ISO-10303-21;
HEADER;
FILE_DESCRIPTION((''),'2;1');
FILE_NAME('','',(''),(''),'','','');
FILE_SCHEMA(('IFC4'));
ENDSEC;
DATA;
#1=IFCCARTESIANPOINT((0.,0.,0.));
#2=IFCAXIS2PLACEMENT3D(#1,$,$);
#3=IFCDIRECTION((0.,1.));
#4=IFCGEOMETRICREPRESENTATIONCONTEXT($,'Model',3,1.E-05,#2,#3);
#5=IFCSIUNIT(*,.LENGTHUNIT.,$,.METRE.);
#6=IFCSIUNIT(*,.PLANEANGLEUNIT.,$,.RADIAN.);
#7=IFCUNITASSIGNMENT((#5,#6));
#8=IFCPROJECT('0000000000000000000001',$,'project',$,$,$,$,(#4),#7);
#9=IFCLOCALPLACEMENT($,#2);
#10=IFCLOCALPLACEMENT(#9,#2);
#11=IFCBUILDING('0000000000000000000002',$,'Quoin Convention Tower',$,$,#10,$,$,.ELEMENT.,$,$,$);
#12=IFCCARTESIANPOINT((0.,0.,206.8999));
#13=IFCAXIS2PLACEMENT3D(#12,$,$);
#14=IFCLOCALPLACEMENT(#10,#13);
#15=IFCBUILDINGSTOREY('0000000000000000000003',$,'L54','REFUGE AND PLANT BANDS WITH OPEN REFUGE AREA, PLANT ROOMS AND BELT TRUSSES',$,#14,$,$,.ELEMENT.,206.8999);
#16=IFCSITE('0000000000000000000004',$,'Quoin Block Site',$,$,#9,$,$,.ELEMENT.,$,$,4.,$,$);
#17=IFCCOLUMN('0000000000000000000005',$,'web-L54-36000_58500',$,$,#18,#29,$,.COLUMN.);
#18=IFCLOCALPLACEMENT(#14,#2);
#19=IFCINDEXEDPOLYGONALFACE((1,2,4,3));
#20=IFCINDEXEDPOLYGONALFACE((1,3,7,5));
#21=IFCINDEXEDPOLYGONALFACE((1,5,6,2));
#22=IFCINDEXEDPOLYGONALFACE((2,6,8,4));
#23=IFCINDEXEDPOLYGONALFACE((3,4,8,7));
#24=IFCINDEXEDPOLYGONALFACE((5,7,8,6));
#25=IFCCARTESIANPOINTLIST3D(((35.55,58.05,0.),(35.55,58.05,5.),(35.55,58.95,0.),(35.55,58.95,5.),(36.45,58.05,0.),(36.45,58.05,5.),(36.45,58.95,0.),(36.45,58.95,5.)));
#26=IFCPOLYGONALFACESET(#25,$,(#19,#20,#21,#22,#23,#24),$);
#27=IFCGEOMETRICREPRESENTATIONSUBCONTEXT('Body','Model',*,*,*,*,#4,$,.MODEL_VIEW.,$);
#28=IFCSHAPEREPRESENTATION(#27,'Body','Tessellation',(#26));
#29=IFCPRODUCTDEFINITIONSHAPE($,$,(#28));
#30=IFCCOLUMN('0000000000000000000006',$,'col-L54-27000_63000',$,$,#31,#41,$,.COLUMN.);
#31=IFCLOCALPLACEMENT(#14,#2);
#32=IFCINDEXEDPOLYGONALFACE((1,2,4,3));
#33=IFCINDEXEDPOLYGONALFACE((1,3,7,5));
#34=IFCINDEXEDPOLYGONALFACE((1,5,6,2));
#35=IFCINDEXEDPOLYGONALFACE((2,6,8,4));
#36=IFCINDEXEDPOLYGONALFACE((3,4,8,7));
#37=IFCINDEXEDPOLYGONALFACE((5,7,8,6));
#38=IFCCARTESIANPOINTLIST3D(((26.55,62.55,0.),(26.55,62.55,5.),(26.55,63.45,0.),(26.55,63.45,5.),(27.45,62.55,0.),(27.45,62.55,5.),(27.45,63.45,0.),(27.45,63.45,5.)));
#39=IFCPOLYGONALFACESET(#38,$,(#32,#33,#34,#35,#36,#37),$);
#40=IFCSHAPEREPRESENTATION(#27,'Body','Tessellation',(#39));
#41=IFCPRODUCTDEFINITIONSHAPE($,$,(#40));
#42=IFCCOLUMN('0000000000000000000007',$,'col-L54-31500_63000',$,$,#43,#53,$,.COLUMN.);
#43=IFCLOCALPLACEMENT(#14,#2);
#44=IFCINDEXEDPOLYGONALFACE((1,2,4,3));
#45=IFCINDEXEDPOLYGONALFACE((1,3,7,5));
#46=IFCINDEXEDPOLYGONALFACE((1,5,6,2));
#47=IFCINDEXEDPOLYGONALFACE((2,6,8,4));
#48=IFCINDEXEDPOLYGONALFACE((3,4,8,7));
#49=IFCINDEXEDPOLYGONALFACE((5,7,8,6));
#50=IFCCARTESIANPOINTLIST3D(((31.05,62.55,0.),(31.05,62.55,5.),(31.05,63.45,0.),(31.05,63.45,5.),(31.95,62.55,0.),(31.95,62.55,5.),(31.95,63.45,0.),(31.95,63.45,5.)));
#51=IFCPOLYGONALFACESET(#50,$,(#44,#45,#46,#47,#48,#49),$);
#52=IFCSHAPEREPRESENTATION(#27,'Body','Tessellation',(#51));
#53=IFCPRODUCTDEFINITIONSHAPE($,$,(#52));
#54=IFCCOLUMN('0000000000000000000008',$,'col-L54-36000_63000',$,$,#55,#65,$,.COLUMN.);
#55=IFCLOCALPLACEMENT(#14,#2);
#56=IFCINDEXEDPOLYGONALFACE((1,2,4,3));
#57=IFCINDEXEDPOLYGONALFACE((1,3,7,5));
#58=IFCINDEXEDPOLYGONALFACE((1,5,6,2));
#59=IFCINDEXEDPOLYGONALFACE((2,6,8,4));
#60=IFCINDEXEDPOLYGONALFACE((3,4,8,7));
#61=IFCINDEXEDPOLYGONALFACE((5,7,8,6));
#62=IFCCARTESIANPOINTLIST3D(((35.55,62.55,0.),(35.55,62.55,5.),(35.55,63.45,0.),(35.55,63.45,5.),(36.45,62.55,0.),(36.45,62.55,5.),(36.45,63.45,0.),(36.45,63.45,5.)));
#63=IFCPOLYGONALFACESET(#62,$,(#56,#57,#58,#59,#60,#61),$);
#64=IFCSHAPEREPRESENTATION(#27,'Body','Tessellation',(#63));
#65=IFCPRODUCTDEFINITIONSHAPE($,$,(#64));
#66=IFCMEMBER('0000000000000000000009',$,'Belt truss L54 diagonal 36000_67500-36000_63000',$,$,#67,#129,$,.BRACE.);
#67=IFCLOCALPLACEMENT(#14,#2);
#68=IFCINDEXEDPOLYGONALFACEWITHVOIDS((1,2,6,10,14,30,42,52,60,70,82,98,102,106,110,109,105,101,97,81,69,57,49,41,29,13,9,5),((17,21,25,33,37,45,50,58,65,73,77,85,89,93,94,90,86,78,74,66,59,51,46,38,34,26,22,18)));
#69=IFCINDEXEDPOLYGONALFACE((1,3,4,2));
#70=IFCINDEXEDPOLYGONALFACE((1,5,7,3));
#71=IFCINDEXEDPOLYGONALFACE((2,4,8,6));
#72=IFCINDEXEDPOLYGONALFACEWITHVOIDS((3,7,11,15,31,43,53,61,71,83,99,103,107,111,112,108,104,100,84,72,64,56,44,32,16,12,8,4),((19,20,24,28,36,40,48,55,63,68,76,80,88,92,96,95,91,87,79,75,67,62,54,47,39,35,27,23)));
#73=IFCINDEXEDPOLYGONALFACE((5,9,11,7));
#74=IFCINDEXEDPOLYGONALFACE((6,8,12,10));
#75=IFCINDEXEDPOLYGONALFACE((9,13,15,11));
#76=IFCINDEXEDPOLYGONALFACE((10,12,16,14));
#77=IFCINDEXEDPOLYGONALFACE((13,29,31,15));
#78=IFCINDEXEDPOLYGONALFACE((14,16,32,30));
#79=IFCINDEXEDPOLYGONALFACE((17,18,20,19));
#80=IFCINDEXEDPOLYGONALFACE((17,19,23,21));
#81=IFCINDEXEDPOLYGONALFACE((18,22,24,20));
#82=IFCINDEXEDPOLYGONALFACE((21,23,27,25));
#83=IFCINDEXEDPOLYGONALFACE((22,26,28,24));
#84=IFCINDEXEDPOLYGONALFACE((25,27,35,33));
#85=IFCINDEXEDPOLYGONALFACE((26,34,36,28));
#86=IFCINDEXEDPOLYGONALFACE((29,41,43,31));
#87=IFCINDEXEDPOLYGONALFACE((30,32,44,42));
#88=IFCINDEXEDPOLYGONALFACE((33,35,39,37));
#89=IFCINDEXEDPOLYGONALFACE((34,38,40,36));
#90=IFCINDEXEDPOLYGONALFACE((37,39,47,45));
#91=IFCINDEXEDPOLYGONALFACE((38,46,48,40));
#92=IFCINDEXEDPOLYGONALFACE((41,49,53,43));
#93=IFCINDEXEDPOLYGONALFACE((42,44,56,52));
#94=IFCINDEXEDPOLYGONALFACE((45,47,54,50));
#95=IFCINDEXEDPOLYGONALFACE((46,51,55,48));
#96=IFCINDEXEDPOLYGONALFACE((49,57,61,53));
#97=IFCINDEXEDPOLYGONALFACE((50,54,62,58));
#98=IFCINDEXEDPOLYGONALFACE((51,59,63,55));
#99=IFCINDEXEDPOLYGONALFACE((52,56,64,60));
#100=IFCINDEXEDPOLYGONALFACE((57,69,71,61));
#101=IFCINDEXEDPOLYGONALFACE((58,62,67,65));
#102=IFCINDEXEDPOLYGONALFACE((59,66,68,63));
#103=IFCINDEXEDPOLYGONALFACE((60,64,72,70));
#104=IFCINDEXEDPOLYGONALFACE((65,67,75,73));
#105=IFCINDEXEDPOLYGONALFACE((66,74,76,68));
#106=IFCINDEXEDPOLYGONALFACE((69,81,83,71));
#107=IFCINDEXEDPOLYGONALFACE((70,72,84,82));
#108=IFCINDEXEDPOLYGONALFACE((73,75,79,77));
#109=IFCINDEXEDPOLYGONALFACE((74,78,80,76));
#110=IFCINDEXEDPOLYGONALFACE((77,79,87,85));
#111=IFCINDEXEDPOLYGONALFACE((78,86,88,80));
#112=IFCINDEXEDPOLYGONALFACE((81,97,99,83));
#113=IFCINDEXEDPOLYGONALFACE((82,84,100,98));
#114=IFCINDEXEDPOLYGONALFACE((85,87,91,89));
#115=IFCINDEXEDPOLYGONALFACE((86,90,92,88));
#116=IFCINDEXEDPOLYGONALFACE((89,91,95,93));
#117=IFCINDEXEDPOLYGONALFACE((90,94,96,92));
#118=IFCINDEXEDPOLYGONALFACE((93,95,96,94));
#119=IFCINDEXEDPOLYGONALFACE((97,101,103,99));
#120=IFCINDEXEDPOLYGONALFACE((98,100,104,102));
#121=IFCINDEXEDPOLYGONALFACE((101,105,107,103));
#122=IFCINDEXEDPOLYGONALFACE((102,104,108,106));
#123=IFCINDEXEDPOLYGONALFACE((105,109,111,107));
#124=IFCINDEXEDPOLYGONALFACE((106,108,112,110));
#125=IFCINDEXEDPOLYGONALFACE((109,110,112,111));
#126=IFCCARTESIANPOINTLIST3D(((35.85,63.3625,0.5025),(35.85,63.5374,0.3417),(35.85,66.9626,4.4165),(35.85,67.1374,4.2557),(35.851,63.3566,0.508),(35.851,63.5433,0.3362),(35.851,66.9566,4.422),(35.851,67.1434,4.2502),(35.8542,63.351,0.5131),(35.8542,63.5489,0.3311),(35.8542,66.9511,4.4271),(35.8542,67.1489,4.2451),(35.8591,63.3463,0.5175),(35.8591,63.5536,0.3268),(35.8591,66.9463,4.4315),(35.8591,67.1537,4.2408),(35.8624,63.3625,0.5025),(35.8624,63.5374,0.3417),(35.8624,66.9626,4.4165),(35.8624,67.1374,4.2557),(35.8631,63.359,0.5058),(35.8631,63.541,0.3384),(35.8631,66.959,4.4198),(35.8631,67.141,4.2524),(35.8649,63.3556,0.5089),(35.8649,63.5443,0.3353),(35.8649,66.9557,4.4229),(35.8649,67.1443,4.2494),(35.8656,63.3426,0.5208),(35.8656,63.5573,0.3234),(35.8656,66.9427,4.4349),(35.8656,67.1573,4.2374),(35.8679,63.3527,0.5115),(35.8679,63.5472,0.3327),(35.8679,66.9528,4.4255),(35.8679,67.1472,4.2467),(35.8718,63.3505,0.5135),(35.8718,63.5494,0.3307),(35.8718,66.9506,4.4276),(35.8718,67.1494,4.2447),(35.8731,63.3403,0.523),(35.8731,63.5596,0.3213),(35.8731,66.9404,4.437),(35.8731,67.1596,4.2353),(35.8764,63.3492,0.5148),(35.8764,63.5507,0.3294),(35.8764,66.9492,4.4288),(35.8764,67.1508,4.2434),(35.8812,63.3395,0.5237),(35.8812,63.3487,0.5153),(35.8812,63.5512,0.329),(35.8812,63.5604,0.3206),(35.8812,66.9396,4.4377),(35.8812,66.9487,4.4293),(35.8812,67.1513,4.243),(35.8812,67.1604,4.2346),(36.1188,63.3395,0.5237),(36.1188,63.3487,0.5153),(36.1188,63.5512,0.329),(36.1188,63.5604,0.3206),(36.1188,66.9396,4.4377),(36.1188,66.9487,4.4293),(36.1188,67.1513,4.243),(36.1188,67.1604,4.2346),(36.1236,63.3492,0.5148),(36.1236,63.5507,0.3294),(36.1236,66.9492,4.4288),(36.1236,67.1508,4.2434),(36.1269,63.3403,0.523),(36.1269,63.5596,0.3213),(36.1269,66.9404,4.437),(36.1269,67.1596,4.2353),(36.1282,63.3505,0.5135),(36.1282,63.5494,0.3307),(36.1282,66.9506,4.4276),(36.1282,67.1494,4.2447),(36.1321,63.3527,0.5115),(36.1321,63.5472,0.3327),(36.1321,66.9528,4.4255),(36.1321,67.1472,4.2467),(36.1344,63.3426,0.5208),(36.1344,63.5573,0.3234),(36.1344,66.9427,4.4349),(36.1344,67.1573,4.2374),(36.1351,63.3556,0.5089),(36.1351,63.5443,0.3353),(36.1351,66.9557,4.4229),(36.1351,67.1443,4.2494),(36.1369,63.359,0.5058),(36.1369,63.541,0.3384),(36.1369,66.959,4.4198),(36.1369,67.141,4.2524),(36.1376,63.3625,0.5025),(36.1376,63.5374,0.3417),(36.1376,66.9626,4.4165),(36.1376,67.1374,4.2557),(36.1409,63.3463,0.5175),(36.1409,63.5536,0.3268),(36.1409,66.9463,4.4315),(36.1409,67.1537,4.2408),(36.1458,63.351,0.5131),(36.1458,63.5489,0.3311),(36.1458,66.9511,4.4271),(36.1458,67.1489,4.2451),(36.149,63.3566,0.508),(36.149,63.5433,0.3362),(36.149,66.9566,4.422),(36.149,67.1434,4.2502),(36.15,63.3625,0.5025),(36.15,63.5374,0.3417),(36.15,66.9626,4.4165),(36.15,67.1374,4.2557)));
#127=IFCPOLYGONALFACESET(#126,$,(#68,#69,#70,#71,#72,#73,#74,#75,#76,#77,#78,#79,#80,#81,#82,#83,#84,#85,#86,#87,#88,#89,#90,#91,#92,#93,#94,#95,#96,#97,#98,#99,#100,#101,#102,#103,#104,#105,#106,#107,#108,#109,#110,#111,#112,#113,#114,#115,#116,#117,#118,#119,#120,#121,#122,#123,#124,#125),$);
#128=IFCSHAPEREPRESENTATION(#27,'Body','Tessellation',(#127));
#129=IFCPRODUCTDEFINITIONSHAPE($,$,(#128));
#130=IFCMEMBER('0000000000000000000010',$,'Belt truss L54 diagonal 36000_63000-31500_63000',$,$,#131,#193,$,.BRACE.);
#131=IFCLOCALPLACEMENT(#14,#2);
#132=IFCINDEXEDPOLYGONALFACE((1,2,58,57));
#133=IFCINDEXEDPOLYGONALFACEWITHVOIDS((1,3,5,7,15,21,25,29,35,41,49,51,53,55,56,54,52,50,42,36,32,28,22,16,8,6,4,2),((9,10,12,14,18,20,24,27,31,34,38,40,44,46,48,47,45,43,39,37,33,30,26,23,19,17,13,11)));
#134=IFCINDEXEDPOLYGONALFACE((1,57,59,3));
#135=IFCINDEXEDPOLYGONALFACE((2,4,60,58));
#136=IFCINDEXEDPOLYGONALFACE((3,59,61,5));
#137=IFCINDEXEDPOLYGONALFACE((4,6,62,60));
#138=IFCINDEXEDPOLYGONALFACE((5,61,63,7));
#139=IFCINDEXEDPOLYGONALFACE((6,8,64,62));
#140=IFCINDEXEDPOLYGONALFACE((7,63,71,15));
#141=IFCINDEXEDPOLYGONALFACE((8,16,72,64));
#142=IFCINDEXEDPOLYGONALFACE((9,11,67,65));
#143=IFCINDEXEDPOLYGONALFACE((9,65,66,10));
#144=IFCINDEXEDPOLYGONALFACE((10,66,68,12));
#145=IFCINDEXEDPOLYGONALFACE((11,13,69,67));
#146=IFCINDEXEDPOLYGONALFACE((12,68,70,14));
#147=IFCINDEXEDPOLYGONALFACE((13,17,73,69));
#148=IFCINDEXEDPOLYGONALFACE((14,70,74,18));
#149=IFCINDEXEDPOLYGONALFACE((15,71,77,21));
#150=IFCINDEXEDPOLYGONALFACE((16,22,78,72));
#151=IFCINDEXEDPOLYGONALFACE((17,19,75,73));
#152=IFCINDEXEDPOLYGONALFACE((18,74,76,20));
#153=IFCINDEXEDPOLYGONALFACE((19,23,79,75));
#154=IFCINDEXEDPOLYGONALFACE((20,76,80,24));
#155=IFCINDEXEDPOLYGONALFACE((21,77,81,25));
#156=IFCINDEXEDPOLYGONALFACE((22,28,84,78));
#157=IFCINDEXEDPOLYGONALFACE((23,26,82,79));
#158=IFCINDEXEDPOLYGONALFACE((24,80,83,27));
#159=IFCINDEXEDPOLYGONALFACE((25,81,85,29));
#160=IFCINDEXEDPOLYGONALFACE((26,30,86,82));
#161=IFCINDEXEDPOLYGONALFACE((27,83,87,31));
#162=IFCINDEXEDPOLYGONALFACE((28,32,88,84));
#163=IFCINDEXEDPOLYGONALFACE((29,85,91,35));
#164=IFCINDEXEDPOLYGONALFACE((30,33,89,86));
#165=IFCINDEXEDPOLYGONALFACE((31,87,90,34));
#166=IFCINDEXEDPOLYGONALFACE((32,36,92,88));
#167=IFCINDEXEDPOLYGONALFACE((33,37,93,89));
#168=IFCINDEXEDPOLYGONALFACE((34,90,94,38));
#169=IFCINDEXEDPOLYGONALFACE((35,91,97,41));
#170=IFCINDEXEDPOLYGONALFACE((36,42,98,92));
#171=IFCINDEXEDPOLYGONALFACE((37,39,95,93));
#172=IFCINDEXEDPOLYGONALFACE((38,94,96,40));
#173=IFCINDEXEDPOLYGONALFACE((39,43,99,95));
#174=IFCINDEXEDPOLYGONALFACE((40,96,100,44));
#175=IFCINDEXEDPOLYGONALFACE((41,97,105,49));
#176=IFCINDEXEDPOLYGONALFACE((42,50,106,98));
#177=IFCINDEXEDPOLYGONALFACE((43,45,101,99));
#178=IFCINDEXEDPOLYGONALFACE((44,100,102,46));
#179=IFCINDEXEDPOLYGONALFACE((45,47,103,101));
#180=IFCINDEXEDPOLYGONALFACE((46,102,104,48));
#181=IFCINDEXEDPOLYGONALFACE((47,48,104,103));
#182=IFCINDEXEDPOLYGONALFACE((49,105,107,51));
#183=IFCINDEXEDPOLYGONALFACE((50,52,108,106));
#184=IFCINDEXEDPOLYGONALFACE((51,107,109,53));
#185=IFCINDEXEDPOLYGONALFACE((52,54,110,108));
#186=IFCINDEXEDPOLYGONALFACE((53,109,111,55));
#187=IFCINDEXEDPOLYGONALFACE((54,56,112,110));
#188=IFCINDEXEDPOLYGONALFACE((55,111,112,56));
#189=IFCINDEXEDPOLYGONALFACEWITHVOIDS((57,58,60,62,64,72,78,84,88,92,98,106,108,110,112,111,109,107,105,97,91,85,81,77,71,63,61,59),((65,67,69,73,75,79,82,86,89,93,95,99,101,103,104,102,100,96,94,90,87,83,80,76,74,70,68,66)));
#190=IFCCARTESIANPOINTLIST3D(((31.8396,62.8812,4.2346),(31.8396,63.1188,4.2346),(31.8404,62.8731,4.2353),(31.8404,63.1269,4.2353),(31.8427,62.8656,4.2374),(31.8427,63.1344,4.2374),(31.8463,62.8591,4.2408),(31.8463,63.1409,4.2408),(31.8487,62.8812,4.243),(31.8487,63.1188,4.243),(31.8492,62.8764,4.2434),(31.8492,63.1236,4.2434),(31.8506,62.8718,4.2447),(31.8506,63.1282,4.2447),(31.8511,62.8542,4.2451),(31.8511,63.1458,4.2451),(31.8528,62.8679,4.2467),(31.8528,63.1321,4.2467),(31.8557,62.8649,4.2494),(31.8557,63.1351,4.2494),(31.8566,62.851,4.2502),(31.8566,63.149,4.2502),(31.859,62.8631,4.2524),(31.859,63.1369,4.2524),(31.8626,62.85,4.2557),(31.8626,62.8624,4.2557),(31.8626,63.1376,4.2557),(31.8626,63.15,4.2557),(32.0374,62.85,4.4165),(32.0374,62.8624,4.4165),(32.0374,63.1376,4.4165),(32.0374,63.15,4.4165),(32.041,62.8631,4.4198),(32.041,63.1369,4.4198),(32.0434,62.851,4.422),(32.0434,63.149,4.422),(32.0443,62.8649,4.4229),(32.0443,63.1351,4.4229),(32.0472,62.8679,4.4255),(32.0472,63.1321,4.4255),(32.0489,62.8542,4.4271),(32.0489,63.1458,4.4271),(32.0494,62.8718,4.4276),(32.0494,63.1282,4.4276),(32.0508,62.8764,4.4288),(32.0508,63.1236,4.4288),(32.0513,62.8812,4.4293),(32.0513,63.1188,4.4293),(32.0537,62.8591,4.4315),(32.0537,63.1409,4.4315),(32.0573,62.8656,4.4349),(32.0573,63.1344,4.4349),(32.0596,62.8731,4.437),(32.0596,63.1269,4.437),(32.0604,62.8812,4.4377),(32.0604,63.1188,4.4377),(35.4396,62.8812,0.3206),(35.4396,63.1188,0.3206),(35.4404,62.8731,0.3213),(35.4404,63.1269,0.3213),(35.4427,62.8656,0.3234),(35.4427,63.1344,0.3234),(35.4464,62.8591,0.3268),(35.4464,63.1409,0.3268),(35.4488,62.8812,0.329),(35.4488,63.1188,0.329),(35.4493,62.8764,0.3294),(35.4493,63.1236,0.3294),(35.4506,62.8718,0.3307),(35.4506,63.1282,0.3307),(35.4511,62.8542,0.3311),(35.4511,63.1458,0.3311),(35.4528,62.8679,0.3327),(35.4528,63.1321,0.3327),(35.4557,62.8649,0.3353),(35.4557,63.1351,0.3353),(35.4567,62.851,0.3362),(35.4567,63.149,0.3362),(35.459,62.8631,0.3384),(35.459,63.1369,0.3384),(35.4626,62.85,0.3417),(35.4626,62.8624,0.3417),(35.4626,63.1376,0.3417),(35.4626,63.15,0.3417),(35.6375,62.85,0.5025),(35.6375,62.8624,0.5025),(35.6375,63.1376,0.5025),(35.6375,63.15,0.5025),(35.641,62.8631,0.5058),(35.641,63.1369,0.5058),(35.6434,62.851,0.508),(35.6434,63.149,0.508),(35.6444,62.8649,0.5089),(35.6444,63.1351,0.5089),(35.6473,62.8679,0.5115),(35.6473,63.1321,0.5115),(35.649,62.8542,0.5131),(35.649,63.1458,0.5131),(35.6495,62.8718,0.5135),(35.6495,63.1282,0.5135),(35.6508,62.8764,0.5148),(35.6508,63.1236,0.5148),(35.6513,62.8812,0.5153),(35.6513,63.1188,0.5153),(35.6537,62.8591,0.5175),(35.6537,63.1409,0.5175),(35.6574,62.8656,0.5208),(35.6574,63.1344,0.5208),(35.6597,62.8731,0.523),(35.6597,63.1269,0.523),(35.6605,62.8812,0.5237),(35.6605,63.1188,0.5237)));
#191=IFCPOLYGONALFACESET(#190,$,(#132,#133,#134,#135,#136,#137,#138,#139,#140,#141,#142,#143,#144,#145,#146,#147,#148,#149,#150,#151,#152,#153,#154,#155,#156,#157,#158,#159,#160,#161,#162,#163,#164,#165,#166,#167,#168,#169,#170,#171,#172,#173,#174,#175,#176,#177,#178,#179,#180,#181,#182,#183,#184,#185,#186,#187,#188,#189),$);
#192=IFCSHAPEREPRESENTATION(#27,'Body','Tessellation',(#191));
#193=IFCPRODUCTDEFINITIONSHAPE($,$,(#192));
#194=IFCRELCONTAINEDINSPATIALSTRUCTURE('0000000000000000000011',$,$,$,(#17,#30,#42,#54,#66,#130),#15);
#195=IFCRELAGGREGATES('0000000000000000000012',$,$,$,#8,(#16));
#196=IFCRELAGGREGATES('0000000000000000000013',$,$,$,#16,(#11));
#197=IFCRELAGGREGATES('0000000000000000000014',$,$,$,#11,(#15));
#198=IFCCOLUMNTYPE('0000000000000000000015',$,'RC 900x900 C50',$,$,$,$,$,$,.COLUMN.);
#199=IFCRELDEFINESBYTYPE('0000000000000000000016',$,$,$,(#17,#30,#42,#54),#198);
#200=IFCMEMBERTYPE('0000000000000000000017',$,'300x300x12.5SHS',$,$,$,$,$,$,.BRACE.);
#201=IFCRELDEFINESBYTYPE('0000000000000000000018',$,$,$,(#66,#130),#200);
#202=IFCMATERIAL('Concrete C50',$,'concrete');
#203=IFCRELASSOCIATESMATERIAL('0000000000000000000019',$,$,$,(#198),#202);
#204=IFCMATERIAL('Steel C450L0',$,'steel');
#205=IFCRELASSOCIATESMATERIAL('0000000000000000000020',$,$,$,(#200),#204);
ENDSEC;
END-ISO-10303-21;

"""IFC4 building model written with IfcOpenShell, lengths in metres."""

from ifc_helpers import new_model, si_unit, direction, frame, origin, origin_2d, place, context, subcontext, project, spatial, rectangle, hollow_rectangle, extrude, material, material_profile, profile_set, type_object, element, save


model = new_model("IFC4")

# Units and contexts
model_context = context("Model", 3, precision=1e-05, world=origin(), true_north=direction((0.0, 1.0)))
body_context = subcontext(model_context, "Body", "Model", "MODEL_VIEW")
ifc_project = project(units=[si_unit("LENGTHUNIT", "METRE"), si_unit("PLANEANGLEUNIT", "RADIAN")], contexts=[model_context])

# Site, building, storey
site_placement = place(None, origin())
site = spatial("IfcSite", under=ifc_project, at=site_placement, Name="Quoin Block Site", CompositionType="ELEMENT", RefElevation=4.0)
building_placement = place(site_placement, origin())
building = spatial("IfcBuilding", under=site, at=building_placement, Name="Quoin Convention Tower", CompositionType="ELEMENT")
storey_placement = place(building_placement, frame((0.0, 0.0, 206.8999)))
storey = spatial("IfcBuildingStorey", under=building, at=storey_placement, Name="L54", Description="REFUGE AND PLANT BANDS WITH OPEN REFUGE AREA, PLANT ROOMS AND BELT TRUSSES", CompositionType="ELEMENT", Elevation=206.8999)

# Columns
ifc_material_1 = material(Name="Concrete C50", Category="concrete")
ifc_material_profile_1 = material_profile(ifc_material_1, rectangle(XDim=0.8999, YDim=0.8999, at=origin_2d()), Name="RC 900x900")
ifc_profile_set_1 = profile_set([ifc_material_profile_1], Name="Concrete C50")
column_type = type_object("IfcColumnType", Name="RC 900x900 C50", PredefinedType="COLUMN", material=ifc_profile_set_1)
for number, where, z_axis, x_axis, name in (
    (1, (36.0, 58.5, 0.0), (0.0, 0.0, 1.0), (1.0, 0.0, 0.0), "web-L54-36000_58500"),
    (2, (27.0, 63.0, 0.0), (0.0, 0.0, 1.0), (1.0, 0.0, 0.0), "col-L54-27000_63000"),
    (3, (31.5, 63.0, 0.0), (0.0, 0.0, 1.0), (1.0, 0.0, 0.0), "col-L54-31500_63000"),
    (4, (36.0, 63.0, 0.0), (0.0, 0.0, 1.0), (1.0, 0.0, 0.0), "col-L54-36000_63000"),
):
    element("IfcColumn", number, at=place(storey_placement, frame(where, z_axis=z_axis, x_axis=x_axis)), inside=storey, type_object=column_type, Name=name, PredefinedType="COLUMN", context=body_context, shape_type="SweptSolid", body=[
        extrude(rectangle(XDim=0.8999, YDim=0.8999, at=origin_2d()), origin(), (0.0, 0.0, 1.0), 5.0),
    ])

# Members
ifc_material_2 = material(Name="Steel C450L0", Category="steel")
ifc_material_profile_2 = material_profile(ifc_material_2, hollow_rectangle(XDim=0.3, YDim=0.3, WallThickness=0.0125, InnerFilletRadius=0.0188, OuterFilletRadius=0.0312, at=origin_2d()), Name="300x300x12.5SHS")
ifc_profile_set_2 = profile_set([ifc_material_profile_2], Name="Steel C450L0")
member_type_1 = type_object("IfcMemberType", Name="300x300x12.5SHS", PredefinedType="BRACE", material=ifc_profile_set_2)
for number, where, z_axis, x_axis, name in (
    (5, (36.0, 63.45, 0.4221), (0.0, 0.676971, 0.73601), (-1.0, 0.0, 0.0), "Belt truss L54 diagonal 36000_67500-36000_63000"),
    (6, (35.55, 63.0, 0.4221), (-0.676971, 0.0, 0.73601), (0.0, -1.0, 0.0), "Belt truss L54 diagonal 36000_63000-31500_63000"),
):
    element("IfcMember", number, at=place(storey_placement, frame(where, z_axis=z_axis, x_axis=x_axis)), inside=storey, type_object=member_type_1, Name=name, PredefinedType="BRACE", context=body_context, shape_type="SweptSolid", body=[
        extrude(hollow_rectangle(XDim=0.3, YDim=0.3, WallThickness=0.0125, InnerFilletRadius=0.0188, OuterFilletRadius=0.0312, at=origin_2d()), origin(), (0.0, 0.0, 1.0), 5.3179),
    ])

save(model, "model.ifc")
